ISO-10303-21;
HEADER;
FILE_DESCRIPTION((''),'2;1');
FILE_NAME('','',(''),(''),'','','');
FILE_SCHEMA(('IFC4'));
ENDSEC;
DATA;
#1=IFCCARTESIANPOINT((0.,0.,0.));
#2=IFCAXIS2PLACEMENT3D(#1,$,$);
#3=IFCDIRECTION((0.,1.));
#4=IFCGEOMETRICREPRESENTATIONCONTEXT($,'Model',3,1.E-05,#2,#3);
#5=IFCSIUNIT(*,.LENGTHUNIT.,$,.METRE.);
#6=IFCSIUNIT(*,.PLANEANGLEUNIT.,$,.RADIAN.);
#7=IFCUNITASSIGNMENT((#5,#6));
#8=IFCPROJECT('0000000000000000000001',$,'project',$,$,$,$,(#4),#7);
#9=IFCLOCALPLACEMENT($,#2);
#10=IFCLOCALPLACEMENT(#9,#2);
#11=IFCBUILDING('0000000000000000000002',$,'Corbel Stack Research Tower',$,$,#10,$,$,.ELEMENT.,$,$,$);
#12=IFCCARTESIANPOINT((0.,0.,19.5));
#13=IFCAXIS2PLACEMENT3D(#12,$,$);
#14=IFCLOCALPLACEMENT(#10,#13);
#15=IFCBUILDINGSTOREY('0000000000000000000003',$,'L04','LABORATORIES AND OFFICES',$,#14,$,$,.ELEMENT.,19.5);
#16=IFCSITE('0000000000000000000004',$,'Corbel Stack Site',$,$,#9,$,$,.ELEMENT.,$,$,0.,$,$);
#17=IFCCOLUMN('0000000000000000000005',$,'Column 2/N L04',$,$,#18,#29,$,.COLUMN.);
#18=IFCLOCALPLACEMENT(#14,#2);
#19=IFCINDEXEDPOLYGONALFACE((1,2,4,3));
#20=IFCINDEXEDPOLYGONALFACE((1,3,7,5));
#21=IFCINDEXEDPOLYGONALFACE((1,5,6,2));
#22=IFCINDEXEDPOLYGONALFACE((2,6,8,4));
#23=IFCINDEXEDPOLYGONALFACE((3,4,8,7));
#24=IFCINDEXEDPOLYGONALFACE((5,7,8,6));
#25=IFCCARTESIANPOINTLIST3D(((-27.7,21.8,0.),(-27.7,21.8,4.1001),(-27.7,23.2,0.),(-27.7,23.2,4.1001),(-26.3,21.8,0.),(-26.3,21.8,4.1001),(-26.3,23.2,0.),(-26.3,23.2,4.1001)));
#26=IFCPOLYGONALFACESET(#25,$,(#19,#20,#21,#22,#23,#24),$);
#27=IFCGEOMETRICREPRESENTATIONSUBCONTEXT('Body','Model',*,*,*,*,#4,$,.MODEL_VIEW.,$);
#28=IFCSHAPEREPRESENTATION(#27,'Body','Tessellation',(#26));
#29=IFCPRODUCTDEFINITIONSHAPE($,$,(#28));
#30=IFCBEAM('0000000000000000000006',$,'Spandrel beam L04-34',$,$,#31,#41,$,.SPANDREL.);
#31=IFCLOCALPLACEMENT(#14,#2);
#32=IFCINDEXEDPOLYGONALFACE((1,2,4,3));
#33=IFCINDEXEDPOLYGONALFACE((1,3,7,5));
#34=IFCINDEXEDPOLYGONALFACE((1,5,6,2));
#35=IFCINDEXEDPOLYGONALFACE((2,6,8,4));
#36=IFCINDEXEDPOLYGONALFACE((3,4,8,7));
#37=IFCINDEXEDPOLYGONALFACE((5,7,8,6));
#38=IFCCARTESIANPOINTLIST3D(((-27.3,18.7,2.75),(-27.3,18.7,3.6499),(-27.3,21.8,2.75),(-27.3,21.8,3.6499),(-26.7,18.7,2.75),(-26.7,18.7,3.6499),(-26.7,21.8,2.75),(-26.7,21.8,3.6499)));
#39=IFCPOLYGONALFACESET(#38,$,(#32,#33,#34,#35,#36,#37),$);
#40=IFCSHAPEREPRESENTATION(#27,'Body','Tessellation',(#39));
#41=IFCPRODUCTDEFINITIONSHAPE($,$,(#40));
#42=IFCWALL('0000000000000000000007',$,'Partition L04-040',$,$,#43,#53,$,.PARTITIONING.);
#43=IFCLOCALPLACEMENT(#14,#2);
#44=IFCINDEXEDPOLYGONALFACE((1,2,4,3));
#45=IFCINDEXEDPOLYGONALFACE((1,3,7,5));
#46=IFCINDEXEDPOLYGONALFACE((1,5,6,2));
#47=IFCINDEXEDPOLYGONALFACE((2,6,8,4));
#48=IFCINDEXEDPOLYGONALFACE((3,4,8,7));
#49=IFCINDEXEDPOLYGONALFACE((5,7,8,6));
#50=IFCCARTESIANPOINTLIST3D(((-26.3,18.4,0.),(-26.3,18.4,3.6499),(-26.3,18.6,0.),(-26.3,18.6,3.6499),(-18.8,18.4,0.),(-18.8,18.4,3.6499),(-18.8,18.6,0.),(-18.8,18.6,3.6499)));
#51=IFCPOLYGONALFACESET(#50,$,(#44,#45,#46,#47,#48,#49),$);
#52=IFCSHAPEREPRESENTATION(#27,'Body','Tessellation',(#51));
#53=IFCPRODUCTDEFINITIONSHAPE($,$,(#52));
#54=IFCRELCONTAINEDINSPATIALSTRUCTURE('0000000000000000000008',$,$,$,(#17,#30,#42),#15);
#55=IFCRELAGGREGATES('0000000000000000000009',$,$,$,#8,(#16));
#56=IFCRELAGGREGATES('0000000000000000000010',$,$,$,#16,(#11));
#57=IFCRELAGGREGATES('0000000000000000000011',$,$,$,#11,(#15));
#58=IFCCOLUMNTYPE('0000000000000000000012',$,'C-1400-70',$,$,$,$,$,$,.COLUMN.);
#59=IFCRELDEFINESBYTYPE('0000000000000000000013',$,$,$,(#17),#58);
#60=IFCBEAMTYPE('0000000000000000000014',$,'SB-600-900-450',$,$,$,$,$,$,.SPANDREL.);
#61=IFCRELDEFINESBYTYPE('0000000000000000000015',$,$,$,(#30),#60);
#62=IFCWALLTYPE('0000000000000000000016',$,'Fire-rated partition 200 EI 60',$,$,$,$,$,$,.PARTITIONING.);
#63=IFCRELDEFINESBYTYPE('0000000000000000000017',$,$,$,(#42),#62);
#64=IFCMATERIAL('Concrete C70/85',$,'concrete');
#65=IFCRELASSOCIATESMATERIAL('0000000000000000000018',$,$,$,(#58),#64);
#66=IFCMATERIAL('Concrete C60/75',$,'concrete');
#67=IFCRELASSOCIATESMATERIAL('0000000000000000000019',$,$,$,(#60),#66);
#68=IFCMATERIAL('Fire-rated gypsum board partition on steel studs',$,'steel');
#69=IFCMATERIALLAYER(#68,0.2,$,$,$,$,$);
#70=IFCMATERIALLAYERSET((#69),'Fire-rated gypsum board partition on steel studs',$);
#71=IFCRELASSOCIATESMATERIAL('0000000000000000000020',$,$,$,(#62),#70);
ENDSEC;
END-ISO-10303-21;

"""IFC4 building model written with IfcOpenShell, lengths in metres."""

from ifc_helpers import new_model, si_unit, direction, frame, frame_2d, origin, origin_2d, place, context, subcontext, project, spatial, rectangle, extrude, material, layer, layer_set, material_profile, profile_set, type_object, element, save


model = new_model("IFC4")

# Units and contexts
model_context = context("Model", 3, precision=1e-05, world=origin(), true_north=direction((0.0, 1.0)))
body_context = subcontext(model_context, "Body", "Model", "MODEL_VIEW")
ifc_project = project(units=[si_unit("LENGTHUNIT", "METRE"), si_unit("PLANEANGLEUNIT", "RADIAN")], contexts=[model_context])

# Site, building, storey
site_placement = place(None, origin())
site = spatial("IfcSite", under=ifc_project, at=site_placement, Name="Corbel Stack Site", CompositionType="ELEMENT", RefElevation=0.0)
building_placement = place(site_placement, origin())
building = spatial("IfcBuilding", under=site, at=building_placement, Name="Corbel Stack Research Tower", CompositionType="ELEMENT")
storey_placement = place(building_placement, frame((0.0, 0.0, 19.5)))
storey = spatial("IfcBuildingStorey", under=building, at=storey_placement, Name="L04", Description="LABORATORIES AND OFFICES", CompositionType="ELEMENT", Elevation=19.5)

# Column
ifc_material_1 = material(Name="Concrete C70/85", Category="concrete")
ifc_material_profile_1 = material_profile(ifc_material_1, rectangle(XDim=1.3999, YDim=1.3999, at=origin_2d()), Name="RC 1400 x 1400")
ifc_profile_set_1 = profile_set([ifc_material_profile_1], Name="Concrete C70/85")
column_type = type_object("IfcColumnType", Name="C-1400-70", PredefinedType="COLUMN", material=ifc_profile_set_1)
column_placement = place(storey_placement, frame((-27.0, 22.5, 0.0), z_axis=(0.0, 0.0, 1.0), x_axis=(1.0, 0.0, 0.0)))
element("IfcColumn", 1, at=column_placement, inside=storey, type_object=column_type, Name="Column 2/N L04", PredefinedType="COLUMN", context=body_context, shape_type="SweptSolid", body=[
    extrude(rectangle(XDim=1.3999, YDim=1.3999, at=origin_2d()), origin(), (0.0, 0.0, 1.0), 4.1001),
])

# Beam
ifc_material_2 = material(Name="Concrete C60/75", Category="concrete")
ifc_material_profile_2 = material_profile(ifc_material_2, rectangle(XDim=0.6001, YDim=0.8999, at=origin_2d()), Name="RC 600 x 900")
ifc_profile_set_2 = profile_set([ifc_material_profile_2], Name="Concrete C60/75")
beam_type = type_object("IfcBeamType", Name="SB-600-900-450", PredefinedType="SPANDREL", material=ifc_profile_set_2)
beam_placement = place(storey_placement, frame((-27.0, 21.8, 3.2), z_axis=(0.0, -1.0, 0.0), x_axis=(1.0, 0.0, 0.0)))
element("IfcBeam", 2, at=beam_placement, inside=storey, type_object=beam_type, Name="Spandrel beam L04-34", PredefinedType="SPANDREL", context=body_context, shape_type="SweptSolid", body=[
    extrude(rectangle(XDim=0.6001, YDim=0.8999, at=origin_2d()), origin(), (0.0, 0.0, 1.0), 3.1001),
])

# Wall
ifc_material_3 = material(Name="Fire-rated gypsum board partition on steel studs", Category="steel")
ifc_layer_1 = layer(ifc_material_3, 0.2)
ifc_layer_set_1 = layer_set([ifc_layer_1], Name="Fire-rated gypsum board partition on steel studs")
wall_type_1 = type_object("IfcWallType", Name="Fire-rated partition 200 EI 60", PredefinedType="PARTITIONING", material=ifc_layer_set_1)
wall_1_placement = place(storey_placement, frame((-26.3, 18.5, 0.0), z_axis=(0.0, 0.0, 1.0), x_axis=(1.0, 0.0, 0.0)))
element("IfcWall", 3, at=wall_1_placement, inside=storey, type_object=wall_type_1, Name="Partition L04-040", PredefinedType="PARTITIONING", context=body_context, shape_type="SweptSolid", body=[
    extrude(rectangle(XDim=7.5, YDim=0.2, at=frame_2d((3.75, 0.0))), origin(), (0.0, 0.0, 1.0), 3.6499),
])

save(model, "model.ifc")
